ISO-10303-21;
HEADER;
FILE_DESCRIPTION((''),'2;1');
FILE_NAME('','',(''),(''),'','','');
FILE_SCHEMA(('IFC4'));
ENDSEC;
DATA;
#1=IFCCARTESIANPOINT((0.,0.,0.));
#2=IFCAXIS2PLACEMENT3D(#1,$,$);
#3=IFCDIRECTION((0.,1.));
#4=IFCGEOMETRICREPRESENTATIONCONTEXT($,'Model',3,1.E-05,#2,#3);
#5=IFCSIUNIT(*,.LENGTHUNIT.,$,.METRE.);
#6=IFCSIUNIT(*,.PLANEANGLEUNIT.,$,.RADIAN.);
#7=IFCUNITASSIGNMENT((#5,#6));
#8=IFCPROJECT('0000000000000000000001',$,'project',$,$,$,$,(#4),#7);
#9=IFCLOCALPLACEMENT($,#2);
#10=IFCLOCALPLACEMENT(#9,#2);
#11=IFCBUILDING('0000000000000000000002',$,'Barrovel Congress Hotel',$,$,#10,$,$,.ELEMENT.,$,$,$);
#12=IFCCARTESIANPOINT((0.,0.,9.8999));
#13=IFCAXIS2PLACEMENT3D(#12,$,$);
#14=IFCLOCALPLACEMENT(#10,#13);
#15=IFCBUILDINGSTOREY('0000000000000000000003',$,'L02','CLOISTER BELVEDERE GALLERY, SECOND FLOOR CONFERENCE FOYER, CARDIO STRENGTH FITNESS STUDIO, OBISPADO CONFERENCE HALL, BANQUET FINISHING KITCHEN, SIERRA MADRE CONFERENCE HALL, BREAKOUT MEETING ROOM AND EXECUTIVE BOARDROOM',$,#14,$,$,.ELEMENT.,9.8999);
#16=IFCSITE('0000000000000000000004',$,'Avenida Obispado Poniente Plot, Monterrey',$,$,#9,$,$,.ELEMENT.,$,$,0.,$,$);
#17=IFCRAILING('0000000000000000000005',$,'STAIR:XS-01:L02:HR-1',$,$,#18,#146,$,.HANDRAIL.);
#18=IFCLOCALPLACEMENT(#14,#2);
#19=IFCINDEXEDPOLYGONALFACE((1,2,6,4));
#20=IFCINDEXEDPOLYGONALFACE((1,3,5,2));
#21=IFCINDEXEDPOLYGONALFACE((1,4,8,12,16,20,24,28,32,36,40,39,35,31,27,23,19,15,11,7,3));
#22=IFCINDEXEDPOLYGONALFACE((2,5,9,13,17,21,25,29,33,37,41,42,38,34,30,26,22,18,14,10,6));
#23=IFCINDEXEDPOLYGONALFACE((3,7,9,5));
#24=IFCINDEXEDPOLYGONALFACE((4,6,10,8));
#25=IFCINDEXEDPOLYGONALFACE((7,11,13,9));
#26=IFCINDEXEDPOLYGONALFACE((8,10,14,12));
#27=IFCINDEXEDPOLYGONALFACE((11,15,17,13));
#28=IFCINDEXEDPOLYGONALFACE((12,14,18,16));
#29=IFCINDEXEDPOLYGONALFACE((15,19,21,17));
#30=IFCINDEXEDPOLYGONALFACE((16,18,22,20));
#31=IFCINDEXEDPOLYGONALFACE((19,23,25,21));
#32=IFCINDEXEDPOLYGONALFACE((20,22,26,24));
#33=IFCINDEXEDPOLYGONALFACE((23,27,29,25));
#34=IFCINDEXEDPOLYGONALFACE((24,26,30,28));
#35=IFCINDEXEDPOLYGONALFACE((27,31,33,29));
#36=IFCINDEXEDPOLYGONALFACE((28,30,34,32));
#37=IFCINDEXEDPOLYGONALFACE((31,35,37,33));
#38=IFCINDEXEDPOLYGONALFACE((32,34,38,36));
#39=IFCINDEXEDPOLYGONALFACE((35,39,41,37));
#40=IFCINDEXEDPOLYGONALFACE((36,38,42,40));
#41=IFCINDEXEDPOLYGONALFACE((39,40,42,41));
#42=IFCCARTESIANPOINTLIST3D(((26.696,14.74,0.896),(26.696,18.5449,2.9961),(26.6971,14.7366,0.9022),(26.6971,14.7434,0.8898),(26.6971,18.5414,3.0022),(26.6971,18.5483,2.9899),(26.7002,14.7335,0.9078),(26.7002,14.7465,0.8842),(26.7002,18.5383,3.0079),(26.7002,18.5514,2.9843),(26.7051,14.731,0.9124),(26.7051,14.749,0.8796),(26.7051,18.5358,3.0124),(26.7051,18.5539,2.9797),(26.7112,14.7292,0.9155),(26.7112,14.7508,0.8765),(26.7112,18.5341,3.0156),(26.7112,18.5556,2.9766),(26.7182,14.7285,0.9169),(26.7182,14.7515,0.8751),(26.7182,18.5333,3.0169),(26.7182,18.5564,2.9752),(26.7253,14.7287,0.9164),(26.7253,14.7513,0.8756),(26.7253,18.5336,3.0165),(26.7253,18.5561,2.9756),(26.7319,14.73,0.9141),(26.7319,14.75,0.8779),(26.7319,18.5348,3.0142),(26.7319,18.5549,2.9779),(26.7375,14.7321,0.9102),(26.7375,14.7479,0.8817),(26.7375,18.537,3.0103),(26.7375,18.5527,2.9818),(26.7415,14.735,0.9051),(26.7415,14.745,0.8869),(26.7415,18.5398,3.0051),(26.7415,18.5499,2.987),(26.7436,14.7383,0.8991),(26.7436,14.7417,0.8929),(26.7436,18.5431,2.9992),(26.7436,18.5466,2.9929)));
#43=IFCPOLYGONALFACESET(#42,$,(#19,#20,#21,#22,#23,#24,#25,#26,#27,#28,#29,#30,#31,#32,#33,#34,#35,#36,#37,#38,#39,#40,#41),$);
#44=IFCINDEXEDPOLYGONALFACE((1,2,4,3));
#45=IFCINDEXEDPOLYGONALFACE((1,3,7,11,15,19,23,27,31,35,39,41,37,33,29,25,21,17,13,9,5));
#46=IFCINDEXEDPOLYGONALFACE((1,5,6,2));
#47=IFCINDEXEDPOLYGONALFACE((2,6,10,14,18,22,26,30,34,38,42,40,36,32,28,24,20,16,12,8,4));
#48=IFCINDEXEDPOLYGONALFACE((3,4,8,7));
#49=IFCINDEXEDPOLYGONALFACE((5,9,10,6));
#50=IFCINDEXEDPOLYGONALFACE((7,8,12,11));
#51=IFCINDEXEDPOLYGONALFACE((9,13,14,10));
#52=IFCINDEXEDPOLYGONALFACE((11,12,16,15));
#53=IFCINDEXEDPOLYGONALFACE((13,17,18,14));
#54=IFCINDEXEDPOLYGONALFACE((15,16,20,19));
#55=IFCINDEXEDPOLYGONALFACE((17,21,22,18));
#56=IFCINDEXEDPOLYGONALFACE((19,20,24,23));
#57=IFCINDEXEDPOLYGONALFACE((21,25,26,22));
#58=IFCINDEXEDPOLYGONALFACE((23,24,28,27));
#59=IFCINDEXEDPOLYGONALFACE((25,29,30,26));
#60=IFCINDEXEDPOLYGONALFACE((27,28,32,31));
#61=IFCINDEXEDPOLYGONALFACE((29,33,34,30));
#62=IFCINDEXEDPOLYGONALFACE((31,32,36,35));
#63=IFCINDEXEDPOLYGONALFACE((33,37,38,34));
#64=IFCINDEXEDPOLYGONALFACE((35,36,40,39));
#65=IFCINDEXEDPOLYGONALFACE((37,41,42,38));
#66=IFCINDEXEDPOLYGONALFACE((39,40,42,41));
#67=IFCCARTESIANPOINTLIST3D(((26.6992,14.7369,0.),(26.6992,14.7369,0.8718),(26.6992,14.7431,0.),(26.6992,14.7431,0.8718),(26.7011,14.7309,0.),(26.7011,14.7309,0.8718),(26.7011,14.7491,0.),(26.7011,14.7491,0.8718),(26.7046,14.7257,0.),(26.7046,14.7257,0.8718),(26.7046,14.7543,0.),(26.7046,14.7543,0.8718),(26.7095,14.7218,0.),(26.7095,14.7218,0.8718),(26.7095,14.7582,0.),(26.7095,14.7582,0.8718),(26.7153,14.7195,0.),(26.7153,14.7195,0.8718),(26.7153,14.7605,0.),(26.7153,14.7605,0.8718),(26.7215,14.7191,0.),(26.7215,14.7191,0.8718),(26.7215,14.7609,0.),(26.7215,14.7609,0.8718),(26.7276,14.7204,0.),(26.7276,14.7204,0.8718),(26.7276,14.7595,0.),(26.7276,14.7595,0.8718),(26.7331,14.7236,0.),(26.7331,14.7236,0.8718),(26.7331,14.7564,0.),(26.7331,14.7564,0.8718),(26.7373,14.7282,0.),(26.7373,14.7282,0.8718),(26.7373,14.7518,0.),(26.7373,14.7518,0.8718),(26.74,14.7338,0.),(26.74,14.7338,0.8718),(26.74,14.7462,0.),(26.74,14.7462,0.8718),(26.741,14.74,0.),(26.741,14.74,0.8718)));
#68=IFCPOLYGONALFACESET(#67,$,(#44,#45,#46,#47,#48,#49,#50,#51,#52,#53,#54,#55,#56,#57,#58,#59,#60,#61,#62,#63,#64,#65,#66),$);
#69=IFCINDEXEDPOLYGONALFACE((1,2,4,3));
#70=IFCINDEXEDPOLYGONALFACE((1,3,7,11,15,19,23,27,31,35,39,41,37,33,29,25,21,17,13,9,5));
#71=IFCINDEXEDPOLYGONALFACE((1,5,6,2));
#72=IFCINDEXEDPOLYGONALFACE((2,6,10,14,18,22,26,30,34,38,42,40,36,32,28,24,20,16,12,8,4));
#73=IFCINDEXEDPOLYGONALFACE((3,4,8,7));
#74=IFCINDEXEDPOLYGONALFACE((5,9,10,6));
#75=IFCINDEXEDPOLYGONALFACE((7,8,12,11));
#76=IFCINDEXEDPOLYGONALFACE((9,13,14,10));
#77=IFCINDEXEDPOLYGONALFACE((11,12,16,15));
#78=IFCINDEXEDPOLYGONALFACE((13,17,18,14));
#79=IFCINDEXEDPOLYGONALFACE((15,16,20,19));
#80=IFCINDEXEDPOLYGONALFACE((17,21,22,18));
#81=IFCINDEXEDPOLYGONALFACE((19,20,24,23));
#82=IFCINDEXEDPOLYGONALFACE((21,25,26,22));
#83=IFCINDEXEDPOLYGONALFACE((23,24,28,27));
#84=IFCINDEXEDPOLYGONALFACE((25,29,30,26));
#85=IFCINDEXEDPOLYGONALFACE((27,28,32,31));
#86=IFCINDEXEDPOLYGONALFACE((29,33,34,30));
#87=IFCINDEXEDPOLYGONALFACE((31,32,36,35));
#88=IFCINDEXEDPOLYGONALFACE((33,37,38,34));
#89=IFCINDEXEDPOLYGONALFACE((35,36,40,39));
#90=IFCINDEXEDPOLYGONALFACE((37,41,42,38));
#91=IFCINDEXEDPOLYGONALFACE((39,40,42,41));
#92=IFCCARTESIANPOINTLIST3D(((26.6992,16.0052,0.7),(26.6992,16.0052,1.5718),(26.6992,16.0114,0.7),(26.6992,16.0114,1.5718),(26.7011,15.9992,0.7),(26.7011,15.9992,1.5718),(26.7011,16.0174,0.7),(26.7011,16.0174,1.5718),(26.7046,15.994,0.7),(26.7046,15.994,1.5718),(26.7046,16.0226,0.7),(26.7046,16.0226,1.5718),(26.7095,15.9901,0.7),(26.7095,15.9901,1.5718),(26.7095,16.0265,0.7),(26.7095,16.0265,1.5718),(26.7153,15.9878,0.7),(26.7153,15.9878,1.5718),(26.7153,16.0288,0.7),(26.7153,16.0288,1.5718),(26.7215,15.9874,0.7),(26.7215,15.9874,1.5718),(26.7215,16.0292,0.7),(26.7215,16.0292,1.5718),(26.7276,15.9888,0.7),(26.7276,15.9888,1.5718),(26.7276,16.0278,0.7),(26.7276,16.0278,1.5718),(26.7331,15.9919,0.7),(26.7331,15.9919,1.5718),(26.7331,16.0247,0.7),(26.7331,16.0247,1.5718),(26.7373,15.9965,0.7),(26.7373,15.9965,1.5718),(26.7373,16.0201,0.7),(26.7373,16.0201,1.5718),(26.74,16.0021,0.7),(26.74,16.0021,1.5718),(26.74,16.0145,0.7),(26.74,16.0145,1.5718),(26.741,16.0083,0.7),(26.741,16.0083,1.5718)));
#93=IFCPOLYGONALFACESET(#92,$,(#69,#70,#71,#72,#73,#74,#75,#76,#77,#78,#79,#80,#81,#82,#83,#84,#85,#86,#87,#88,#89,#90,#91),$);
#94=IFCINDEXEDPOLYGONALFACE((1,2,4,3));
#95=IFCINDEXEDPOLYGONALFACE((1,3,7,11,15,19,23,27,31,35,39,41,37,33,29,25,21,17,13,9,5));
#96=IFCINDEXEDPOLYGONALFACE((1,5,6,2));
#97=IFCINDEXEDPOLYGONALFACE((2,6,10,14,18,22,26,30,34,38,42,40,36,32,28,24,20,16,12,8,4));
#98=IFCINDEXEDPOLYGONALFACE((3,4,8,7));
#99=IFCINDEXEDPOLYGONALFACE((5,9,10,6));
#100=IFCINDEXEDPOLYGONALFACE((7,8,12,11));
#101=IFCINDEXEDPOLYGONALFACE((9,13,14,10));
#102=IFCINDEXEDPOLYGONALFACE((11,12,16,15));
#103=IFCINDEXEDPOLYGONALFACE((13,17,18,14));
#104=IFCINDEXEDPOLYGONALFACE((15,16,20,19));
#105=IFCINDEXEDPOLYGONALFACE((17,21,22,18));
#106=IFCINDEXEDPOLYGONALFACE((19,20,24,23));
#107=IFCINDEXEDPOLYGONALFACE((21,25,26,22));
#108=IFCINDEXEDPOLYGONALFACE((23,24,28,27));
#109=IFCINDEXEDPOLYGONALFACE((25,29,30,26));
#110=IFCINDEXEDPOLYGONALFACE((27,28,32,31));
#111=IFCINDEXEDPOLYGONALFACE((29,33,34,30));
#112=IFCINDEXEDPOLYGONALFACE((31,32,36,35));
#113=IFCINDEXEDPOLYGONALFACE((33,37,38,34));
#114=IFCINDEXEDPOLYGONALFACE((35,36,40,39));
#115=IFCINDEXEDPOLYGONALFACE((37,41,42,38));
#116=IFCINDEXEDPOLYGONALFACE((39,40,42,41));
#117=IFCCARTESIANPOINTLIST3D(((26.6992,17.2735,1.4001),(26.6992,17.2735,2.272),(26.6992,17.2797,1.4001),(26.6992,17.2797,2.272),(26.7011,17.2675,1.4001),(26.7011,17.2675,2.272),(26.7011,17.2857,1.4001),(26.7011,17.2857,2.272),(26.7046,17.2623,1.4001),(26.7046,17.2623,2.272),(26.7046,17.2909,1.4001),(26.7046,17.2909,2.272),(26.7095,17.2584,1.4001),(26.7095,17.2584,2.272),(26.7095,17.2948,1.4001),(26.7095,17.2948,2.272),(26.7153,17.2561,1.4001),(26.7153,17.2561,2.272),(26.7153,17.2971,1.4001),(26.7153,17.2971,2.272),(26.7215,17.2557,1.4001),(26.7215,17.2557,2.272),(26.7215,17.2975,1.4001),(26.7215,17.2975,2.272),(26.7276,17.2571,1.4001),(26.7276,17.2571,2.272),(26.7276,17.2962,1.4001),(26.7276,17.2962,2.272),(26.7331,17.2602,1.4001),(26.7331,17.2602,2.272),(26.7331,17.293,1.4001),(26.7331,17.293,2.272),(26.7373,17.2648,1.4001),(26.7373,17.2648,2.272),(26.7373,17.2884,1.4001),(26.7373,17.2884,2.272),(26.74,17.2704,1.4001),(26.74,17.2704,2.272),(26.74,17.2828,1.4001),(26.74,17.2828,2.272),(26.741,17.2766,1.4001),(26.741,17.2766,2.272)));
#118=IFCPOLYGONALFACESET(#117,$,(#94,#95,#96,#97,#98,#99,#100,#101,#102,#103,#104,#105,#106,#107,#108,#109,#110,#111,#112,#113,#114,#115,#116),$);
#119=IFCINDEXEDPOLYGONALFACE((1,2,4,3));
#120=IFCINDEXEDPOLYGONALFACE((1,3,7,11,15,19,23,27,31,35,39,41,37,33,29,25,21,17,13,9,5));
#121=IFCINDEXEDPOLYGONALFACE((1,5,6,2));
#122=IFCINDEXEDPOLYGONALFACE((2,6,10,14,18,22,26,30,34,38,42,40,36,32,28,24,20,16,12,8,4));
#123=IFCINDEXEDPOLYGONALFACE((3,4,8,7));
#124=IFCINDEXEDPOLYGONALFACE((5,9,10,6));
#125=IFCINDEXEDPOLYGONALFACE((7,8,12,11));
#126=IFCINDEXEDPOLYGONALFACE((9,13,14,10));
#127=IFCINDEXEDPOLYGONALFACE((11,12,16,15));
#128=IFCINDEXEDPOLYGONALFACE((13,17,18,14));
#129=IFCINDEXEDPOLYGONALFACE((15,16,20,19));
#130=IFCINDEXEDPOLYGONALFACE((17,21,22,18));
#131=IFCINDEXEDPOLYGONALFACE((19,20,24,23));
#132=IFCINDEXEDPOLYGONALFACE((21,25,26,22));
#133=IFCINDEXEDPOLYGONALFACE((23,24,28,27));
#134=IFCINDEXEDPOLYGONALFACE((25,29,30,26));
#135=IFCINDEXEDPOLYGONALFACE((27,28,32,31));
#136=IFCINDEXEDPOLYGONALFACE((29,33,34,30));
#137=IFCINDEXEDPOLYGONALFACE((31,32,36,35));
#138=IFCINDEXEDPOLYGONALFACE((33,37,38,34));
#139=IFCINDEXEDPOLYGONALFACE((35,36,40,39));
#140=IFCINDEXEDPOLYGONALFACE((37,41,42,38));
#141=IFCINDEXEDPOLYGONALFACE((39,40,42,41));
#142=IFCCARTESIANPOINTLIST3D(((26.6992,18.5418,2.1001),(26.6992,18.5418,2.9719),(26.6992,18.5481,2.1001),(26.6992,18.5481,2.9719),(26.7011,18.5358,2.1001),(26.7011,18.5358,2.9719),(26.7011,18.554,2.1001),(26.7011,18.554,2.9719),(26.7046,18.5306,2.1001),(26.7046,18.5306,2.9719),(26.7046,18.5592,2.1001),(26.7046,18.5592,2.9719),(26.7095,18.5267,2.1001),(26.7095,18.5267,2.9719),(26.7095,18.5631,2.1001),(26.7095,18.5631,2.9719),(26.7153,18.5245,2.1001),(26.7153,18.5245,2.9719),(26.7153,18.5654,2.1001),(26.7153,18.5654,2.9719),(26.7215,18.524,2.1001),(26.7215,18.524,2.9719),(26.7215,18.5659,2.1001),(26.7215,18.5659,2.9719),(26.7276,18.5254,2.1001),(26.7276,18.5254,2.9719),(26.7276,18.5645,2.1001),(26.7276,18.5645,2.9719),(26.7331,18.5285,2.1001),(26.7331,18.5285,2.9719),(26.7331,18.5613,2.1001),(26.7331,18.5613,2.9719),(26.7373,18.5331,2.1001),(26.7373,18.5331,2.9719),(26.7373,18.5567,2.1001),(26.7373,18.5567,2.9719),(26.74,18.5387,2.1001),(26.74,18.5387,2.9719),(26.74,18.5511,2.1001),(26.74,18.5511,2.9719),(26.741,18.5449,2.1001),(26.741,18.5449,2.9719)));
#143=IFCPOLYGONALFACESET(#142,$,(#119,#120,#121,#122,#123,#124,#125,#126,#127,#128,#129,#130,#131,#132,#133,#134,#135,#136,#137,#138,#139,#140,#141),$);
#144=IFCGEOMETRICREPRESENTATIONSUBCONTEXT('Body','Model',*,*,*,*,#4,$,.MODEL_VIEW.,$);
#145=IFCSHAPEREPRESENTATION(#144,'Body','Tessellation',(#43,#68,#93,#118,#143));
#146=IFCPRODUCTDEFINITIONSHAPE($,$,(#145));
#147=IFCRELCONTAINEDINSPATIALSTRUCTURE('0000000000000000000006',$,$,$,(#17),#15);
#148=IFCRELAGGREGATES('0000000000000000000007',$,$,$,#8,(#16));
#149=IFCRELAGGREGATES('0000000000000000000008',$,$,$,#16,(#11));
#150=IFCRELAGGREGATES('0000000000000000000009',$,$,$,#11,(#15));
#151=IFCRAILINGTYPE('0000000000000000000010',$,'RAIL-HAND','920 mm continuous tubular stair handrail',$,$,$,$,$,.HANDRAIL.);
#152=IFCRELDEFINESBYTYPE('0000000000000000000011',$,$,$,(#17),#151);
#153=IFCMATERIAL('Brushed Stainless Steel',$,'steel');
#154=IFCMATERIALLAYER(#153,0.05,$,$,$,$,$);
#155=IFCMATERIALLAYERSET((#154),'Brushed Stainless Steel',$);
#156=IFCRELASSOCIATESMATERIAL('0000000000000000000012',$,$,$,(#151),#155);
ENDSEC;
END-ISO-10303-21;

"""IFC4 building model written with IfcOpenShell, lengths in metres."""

from ifc_helpers import new_model, si_unit, direction, frame, origin, origin_2d, place, context, subcontext, project, spatial, circle, extrude, material, layer, layer_set, type_object, element, save


model = new_model("IFC4")

# Units and contexts
model_context = context("Model", 3, precision=1e-05, world=origin(), true_north=direction((0.0, 1.0)))
body_context = subcontext(model_context, "Body", "Model", "MODEL_VIEW")
ifc_project = project(units=[si_unit("LENGTHUNIT", "METRE"), si_unit("PLANEANGLEUNIT", "RADIAN")], contexts=[model_context])

# Site, building, storey
site_placement = place(None, origin())
site = spatial("IfcSite", under=ifc_project, at=site_placement, Name="Avenida Obispado Poniente Plot, Monterrey", CompositionType="ELEMENT", RefElevation=0.0)
building_placement = place(site_placement, origin())
building = spatial("IfcBuilding", under=site, at=building_placement, Name="Barrovel Congress Hotel", CompositionType="ELEMENT")
storey_placement = place(building_placement, frame((0.0, 0.0, 9.8999)))
storey = spatial("IfcBuildingStorey", under=building, at=storey_placement, Name="L02", Description="CLOISTER BELVEDERE GALLERY, SECOND FLOOR CONFERENCE FOYER, CARDIO STRENGTH FITNESS STUDIO, OBISPADO CONFERENCE HALL, BANQUET FINISHING KITCHEN, SIERRA MADRE CONFERENCE HALL, BREAKOUT MEETING ROOM AND EXECUTIVE BOARDROOM", CompositionType="ELEMENT", Elevation=9.8999)

# Shared definitions
ifc_material_1 = material(Name="Brushed Stainless Steel", Category="steel")

# Railing
ifc_layer_1 = layer(ifc_material_1, 0.05)
ifc_layer_set_1 = layer_set([ifc_layer_1], Name="Brushed Stainless Steel")
railing_type_1 = type_object("IfcRailingType", Name="RAIL-HAND", Description="920 mm continuous tubular stair handrail", PredefinedType="HANDRAIL", material=ifc_layer_set_1)
railing_1_placement = place(storey_placement, frame((26.72, 14.74, 0.0)))
element("IfcRailing", 1, at=railing_1_placement, inside=storey, type_object=railing_type_1, Name="STAIR:XS-01:L02:HR-1", PredefinedType="HANDRAIL", context=body_context, shape_type="SweptSolid", body=[
    extrude(circle(Radius=0.0239, at=origin_2d()), frame((0.0, 0.0, 0.896), z_axis=(0.0, 0.875497, 0.483223), x_axis=(-1.0, 0.0, 0.0)), (0.0, 0.0, 1.0), 4.3459),
    extrude(circle(Radius=0.021, at=origin_2d()), origin(), (0.0, 0.0, 1.0), 0.8718),
    extrude(circle(Radius=0.021, at=origin_2d()), frame((0.0, 1.2683, 0.7)), (0.0, 0.0, 1.0), 0.8718),
    extrude(circle(Radius=0.021, at=origin_2d()), frame((0.0, 2.5366, 1.4001)), (0.0, 0.0, 1.0), 0.8718),
    extrude(circle(Radius=0.021, at=origin_2d()), frame((0.0, 3.8049, 2.1001)), (0.0, 0.0, 1.0), 0.8718),
])

save(model, "model.ifc")
